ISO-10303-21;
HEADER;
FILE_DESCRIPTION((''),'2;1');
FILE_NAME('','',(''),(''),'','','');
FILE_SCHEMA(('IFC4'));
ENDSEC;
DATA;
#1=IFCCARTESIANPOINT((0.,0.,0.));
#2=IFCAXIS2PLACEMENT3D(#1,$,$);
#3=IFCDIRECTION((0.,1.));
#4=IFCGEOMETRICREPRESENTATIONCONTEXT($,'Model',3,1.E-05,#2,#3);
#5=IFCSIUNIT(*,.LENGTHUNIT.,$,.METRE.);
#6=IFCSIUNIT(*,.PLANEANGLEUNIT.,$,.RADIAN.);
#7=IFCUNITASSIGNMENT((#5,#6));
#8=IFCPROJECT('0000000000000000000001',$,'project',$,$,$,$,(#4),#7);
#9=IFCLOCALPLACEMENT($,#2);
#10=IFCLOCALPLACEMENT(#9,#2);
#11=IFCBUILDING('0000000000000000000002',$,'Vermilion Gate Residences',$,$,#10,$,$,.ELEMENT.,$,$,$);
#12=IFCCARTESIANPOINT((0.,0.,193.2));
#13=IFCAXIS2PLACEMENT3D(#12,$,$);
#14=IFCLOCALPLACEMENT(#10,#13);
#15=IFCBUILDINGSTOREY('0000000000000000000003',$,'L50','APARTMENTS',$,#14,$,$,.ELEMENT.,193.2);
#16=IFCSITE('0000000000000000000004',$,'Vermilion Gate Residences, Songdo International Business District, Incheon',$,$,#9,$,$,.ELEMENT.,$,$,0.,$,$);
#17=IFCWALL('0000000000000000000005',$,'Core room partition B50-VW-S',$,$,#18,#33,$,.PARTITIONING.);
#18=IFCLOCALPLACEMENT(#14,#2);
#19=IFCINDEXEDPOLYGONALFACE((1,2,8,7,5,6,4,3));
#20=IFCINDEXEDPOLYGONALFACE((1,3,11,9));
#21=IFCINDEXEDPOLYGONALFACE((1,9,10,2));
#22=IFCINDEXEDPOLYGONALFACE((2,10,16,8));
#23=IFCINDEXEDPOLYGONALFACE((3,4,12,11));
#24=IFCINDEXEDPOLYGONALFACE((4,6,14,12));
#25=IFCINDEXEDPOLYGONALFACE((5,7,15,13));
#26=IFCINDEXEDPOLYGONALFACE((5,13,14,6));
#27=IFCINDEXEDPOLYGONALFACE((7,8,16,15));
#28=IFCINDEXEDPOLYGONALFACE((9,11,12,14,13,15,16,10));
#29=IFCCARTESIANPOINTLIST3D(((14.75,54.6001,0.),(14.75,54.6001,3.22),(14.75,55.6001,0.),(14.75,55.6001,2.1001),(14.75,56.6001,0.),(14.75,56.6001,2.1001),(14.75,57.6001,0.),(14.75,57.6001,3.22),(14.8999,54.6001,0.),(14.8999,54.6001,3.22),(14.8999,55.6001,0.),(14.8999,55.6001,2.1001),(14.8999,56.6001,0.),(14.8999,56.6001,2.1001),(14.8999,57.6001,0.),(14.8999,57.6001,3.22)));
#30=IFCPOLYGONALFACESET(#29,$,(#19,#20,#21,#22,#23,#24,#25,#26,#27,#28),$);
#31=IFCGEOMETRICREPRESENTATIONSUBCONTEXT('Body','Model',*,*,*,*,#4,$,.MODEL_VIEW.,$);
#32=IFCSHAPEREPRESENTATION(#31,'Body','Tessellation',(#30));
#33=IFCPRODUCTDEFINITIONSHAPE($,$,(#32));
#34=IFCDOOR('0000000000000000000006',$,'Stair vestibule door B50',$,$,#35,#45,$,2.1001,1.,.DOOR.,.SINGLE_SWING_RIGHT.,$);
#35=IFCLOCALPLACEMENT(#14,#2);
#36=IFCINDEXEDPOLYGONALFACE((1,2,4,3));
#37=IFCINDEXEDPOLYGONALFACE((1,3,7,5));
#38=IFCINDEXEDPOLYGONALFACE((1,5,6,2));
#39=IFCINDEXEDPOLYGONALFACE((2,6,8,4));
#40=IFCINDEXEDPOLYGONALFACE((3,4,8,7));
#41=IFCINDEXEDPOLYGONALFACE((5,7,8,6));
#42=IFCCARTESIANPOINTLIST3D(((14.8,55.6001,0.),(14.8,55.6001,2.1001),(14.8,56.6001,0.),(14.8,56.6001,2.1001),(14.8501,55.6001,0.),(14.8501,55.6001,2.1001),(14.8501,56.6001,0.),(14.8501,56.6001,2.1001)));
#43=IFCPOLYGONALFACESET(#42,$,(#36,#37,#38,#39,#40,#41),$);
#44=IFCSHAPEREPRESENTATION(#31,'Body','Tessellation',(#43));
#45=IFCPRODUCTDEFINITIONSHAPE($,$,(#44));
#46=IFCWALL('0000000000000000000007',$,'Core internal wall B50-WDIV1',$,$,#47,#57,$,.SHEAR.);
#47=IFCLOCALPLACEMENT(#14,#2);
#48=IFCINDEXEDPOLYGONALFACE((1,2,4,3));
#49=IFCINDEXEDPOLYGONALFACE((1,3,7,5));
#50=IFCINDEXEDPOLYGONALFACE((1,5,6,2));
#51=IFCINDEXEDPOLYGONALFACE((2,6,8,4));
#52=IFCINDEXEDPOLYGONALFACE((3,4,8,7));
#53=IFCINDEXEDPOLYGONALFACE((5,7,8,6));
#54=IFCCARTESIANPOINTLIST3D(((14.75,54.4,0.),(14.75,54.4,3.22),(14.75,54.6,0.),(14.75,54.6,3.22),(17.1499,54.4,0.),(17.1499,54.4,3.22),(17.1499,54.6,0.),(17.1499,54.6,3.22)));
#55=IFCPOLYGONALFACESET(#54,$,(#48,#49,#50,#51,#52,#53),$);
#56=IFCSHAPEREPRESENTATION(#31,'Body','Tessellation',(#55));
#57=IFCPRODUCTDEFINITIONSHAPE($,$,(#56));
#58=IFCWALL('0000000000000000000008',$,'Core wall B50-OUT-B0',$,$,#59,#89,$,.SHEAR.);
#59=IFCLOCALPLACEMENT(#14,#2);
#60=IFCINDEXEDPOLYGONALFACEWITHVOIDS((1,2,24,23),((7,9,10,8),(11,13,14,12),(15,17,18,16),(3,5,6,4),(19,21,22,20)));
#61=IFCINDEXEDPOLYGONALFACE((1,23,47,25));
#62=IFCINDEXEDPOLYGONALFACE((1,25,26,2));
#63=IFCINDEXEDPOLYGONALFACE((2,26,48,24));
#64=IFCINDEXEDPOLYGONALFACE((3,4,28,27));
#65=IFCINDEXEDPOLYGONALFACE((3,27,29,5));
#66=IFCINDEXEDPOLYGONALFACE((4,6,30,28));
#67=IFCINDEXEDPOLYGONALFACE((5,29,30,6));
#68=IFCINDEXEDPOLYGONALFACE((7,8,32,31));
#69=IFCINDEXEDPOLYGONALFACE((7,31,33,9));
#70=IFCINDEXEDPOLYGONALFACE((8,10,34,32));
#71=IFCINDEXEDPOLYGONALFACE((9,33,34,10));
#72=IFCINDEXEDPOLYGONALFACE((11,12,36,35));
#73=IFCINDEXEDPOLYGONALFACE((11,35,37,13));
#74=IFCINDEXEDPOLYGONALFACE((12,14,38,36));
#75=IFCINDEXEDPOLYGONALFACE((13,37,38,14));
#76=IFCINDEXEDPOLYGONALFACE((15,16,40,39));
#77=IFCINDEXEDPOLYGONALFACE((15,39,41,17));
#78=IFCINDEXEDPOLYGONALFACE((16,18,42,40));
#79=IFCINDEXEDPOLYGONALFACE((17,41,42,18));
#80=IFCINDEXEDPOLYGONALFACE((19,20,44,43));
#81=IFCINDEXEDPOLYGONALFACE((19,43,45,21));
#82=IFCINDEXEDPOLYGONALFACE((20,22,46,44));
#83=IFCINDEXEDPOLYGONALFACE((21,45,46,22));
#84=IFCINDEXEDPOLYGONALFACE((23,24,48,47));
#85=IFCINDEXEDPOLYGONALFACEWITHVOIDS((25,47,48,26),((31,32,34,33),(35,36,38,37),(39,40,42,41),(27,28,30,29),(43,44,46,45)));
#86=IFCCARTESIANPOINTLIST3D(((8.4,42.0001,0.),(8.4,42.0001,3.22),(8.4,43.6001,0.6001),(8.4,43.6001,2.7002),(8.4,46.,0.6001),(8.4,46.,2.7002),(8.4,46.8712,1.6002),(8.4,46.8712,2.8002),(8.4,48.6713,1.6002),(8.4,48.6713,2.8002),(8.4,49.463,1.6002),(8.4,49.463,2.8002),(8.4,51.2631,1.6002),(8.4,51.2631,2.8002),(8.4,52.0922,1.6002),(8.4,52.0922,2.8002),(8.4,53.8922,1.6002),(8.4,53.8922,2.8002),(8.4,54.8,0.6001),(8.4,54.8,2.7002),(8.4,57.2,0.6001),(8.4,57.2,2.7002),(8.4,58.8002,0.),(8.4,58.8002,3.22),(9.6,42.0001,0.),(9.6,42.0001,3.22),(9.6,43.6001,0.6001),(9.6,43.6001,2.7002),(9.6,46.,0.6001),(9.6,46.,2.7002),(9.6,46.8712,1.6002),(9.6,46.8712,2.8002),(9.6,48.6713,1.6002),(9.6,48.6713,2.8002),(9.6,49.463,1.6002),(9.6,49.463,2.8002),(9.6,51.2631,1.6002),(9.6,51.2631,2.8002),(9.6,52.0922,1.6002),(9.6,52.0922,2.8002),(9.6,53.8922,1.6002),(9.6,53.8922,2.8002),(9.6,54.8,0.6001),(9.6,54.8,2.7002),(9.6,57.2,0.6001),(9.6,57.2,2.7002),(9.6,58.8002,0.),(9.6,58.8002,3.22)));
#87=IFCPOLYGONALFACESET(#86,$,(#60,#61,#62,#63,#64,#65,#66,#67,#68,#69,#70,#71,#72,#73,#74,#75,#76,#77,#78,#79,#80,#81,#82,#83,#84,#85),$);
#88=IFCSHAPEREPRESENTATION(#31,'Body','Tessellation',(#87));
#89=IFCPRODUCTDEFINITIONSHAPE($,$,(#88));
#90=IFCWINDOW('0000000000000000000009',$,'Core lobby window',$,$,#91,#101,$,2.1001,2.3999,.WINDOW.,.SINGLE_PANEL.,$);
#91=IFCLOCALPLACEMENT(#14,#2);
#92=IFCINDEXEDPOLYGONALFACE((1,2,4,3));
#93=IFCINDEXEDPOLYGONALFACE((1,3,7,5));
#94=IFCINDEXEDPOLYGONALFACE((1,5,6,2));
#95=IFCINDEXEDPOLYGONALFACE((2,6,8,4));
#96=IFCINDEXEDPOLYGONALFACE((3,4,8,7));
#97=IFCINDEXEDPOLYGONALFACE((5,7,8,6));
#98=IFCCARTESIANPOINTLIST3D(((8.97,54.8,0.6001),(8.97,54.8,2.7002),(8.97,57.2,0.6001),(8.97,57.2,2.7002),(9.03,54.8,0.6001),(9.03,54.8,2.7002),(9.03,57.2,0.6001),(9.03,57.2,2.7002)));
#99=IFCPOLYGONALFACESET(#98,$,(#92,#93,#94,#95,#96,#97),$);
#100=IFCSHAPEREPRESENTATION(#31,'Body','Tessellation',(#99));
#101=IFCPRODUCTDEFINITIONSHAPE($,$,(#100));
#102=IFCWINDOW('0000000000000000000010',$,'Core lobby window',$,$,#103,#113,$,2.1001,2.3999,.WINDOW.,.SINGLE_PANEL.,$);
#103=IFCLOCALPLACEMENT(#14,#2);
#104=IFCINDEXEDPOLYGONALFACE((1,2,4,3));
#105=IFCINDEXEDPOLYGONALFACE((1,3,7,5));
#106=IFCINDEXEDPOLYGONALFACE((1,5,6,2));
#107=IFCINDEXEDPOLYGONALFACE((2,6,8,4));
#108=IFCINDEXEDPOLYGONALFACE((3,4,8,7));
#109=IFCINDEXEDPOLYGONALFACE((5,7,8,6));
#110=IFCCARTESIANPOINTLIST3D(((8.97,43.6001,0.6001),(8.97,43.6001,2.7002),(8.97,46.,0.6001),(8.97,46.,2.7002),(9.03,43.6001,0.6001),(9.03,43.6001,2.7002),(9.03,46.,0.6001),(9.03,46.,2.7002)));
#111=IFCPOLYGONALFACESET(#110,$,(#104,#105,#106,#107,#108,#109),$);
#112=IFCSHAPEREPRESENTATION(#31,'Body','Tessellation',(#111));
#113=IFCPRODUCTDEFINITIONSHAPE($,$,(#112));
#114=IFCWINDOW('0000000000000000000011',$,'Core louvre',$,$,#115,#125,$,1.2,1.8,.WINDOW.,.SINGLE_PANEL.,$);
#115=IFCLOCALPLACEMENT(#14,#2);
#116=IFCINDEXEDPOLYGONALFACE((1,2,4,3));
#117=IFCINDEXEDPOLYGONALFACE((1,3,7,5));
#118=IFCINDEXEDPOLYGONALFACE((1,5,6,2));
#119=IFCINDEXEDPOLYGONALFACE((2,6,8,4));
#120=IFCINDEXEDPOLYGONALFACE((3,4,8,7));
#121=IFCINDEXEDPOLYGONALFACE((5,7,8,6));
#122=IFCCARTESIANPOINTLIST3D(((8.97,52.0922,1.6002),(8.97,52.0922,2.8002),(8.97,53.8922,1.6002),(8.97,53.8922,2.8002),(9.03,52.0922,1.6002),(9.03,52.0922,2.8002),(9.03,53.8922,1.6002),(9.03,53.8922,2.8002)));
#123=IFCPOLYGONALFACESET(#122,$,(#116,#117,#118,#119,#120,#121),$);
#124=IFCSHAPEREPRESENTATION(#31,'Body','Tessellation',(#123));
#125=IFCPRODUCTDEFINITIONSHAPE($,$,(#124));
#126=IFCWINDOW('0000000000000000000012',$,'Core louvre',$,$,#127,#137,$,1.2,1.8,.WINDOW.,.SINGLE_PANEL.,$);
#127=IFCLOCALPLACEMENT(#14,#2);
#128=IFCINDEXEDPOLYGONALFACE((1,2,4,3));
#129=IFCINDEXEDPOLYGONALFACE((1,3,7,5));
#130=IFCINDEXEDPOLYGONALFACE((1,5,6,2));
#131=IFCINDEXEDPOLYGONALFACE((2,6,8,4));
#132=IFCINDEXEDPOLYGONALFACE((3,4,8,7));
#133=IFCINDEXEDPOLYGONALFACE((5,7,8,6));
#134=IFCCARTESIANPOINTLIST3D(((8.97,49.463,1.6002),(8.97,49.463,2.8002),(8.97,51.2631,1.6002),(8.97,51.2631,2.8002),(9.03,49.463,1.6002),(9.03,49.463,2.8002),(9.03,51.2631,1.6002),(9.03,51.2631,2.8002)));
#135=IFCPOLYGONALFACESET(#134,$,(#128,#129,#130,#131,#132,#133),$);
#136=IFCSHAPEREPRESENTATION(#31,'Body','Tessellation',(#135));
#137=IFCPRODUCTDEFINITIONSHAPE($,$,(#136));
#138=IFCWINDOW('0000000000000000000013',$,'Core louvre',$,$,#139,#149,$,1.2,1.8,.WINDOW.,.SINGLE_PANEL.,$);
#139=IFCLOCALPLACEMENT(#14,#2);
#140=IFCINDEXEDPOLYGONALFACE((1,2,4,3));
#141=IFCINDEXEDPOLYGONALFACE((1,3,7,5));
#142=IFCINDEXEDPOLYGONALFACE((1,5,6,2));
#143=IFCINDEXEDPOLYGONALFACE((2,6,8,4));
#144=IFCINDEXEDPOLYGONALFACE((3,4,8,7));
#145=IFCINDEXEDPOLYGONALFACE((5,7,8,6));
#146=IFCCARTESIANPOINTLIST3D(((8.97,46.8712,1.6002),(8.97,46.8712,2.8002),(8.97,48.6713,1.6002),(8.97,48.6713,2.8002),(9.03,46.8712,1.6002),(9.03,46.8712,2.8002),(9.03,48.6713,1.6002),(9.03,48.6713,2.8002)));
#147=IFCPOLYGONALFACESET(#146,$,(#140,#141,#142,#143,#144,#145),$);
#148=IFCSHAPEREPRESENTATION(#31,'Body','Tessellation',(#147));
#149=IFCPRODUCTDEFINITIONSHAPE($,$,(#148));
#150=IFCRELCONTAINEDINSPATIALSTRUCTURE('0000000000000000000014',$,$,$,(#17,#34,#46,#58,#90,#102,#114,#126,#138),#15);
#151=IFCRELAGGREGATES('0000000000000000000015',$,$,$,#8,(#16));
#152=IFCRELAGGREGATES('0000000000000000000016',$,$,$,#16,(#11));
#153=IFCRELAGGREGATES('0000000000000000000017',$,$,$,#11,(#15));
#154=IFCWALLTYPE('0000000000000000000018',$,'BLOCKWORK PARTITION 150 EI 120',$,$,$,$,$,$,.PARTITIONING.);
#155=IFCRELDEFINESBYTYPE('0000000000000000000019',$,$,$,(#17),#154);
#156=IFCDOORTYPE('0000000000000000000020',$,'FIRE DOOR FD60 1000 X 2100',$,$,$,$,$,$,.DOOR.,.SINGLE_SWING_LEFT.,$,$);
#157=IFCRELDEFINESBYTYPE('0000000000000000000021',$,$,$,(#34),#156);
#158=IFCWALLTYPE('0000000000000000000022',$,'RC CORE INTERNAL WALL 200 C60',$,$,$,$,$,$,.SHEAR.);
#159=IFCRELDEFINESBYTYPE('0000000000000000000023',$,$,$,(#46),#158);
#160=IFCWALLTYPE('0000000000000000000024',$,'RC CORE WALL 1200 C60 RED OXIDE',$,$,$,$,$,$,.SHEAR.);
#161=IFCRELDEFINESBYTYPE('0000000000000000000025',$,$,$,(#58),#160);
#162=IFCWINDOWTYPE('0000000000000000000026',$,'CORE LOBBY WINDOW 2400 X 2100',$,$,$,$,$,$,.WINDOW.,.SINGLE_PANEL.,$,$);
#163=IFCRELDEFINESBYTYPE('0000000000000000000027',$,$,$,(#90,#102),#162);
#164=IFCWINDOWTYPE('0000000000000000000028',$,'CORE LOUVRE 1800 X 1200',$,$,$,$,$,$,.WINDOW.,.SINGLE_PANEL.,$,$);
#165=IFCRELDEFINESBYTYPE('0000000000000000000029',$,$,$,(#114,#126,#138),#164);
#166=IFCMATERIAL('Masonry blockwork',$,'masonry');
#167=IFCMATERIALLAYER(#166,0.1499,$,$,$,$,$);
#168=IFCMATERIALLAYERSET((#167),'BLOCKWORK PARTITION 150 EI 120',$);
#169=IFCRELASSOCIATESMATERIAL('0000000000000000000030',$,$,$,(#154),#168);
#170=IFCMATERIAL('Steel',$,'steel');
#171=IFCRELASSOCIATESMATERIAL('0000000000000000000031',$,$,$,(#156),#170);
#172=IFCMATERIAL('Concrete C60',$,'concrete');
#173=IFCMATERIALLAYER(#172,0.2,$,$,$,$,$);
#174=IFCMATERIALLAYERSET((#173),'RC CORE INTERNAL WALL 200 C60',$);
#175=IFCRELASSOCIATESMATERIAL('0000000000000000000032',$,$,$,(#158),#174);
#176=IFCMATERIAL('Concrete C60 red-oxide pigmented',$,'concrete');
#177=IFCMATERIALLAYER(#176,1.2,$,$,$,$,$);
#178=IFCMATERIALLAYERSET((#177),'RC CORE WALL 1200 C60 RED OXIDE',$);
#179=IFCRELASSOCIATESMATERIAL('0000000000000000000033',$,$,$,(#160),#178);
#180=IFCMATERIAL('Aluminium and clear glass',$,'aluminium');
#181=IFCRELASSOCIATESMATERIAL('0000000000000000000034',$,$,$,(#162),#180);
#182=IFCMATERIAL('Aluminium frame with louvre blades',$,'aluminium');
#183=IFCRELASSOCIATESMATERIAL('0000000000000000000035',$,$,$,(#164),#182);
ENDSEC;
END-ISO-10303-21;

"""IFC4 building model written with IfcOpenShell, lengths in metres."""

from ifc_helpers import new_model, si_unit, direction, frame, frame_2d, origin, place, context, subcontext, project, spatial, rectangle, extrude, material, layer, layer_set, type_object, element, fill, save


model = new_model("IFC4")

# Units and contexts
model_context = context("Model", 3, precision=1e-05, world=origin(), true_north=direction((0.0, 1.0)))
body_context = subcontext(model_context, "Body", "Model", "MODEL_VIEW")
ifc_project = project(units=[si_unit("LENGTHUNIT", "METRE"), si_unit("PLANEANGLEUNIT", "RADIAN")], contexts=[model_context])

# Site, building, storey
site_placement = place(None, origin())
site = spatial("IfcSite", under=ifc_project, at=site_placement, Name="Vermilion Gate Residences, Songdo International Business District, Incheon", CompositionType="ELEMENT", RefElevation=0.0)
building_placement = place(site_placement, origin())
building = spatial("IfcBuilding", under=site, at=building_placement, Name="Vermilion Gate Residences", CompositionType="ELEMENT")
storey_placement = place(building_placement, frame((0.0, 0.0, 193.2)))
storey = spatial("IfcBuildingStorey", under=building, at=storey_placement, Name="L50", Description="APARTMENTS", CompositionType="ELEMENT", Elevation=193.2)

# Wall, opening, door
ifc_material_1 = material(Name="Masonry blockwork", Category="masonry")
ifc_layer_1 = layer(ifc_material_1, 0.1499)
ifc_layer_set_1 = layer_set([ifc_layer_1], Name="BLOCKWORK PARTITION 150 EI 120")
wall_type_1 = type_object("IfcWallType", Name="BLOCKWORK PARTITION 150 EI 120", PredefinedType="PARTITIONING", material=ifc_layer_set_1)
wall_1_placement = place(storey_placement, frame((14.825, 57.6001, 0.0), z_axis=(0.0, 0.0, 1.0), x_axis=(0.0, -1.0, 0.0)))
wall_1 = element("IfcWall", 1, at=wall_1_placement, inside=storey, type_object=wall_type_1, Name="Core room partition B50-VW-S", PredefinedType="PARTITIONING", context=body_context, shape_type="SweptSolid", body=[
    extrude(rectangle(XDim=3.0, YDim=0.1499, at=frame_2d((1.5, 0.0))), origin(), (0.0, 0.0, 1.0), 3.22),
])
opening_1_placement = place(wall_1_placement, frame((1.0, 0.0, 0.0)))
opening_1 = element("IfcOpeningElement", 2, at=opening_1_placement, cuts=wall_1, PredefinedType="OPENING", context=body_context, shape_type="SweptSolid", body=[
    extrude(rectangle(XDim=1.0, YDim=2.1001, at=frame_2d((0.5, 1.05))), frame((0.0, 0.085, 0.0), z_axis=(0.0, -1.0, 0.0), x_axis=(1.0, 0.0, 0.0)), (0.0, 0.0, 1.0), 0.1699),
])
ifc_material_2 = material(Name="Steel", Category="steel")
door_type = type_object("IfcDoorType", Name="FIRE DOOR FD60 1000 X 2100", OperationType="SINGLE_SWING_LEFT", PredefinedType="DOOR", material=ifc_material_2)
door_placement = place(opening_1_placement, frame((1.0, 0.0, 0.0), z_axis=(0.0, 0.0, 1.0), x_axis=(-1.0, 0.0, 0.0)))
door = element("IfcDoor", 3, at=door_placement, inside=storey, type_object=door_type, Name="Stair vestibule door B50", OperationType="SINGLE_SWING_RIGHT", OverallHeight=2.1001, OverallWidth=1.0, PredefinedType="DOOR", context=body_context, shape_type="SweptSolid", body=[
    extrude(rectangle(XDim=1.0, YDim=2.1001, at=frame_2d((0.5, 1.05))), frame((0.0, 0.0249, 0.0), z_axis=(0.0, -1.0, 0.0), x_axis=(1.0, 0.0, 0.0)), (0.0, 0.0, 1.0), 0.05),
])
fill(opening_1, door)

# Wall
ifc_material_3 = material(Name="Concrete C60", Category="concrete")
ifc_layer_2 = layer(ifc_material_3, 0.2)
ifc_layer_set_2 = layer_set([ifc_layer_2], Name="RC CORE INTERNAL WALL 200 C60")
wall_type_2 = type_object("IfcWallType", Name="RC CORE INTERNAL WALL 200 C60", PredefinedType="SHEAR", material=ifc_layer_set_2)
wall_2_placement = place(storey_placement, frame((14.75, 54.5, 0.0), z_axis=(0.0, 0.0, 1.0), x_axis=(1.0, 0.0, 0.0)))
element("IfcWall", 4, at=wall_2_placement, inside=storey, type_object=wall_type_2, Name="Core internal wall B50-WDIV1", PredefinedType="SHEAR", context=body_context, shape_type="SweptSolid", body=[
    extrude(rectangle(XDim=2.3999, YDim=0.2, at=frame_2d((1.2, 0.0))), origin(), (0.0, 0.0, 1.0), 3.22),
])

# Wall, openings, windows
ifc_material_4 = material(Name="Concrete C60 red-oxide pigmented", Category="concrete")
ifc_layer_3 = layer(ifc_material_4, 1.2)
ifc_layer_set_3 = layer_set([ifc_layer_3], Name="RC CORE WALL 1200 C60 RED OXIDE")
wall_type_3 = type_object("IfcWallType", Name="RC CORE WALL 1200 C60 RED OXIDE", PredefinedType="SHEAR", material=ifc_layer_set_3)
wall_3_placement = place(storey_placement, frame((9.0, 58.8, 0.0), z_axis=(0.0, 0.0, 1.0), x_axis=(0.0, -1.0, 0.0)))
wall_3 = element("IfcWall", 5, at=wall_3_placement, inside=storey, type_object=wall_type_3, Name="Core wall B50-OUT-B0", PredefinedType="SHEAR", context=body_context, shape_type="SweptSolid", body=[
    extrude(rectangle(XDim=16.8, YDim=1.2, at=frame_2d((8.3999, 0.0))), origin(), (0.0, 0.0, 1.0), 3.22),
])
opening_2_placement = place(wall_3_placement, frame((1.6001, 0.0, 0.6001)))
opening_2 = element("IfcOpeningElement", 6, at=opening_2_placement, cuts=wall_3, PredefinedType="OPENING", context=body_context, shape_type="SweptSolid", body=[
    extrude(rectangle(XDim=2.3999, YDim=2.1001, at=frame_2d((1.2, 1.05))), frame((0.0, 0.6099, 0.0), z_axis=(0.0, -1.0, 0.0), x_axis=(1.0, 0.0, 0.0)), (0.0, 0.0, 1.0), 1.22),
])
opening_3_placement = place(wall_3_placement, frame((4.908, 0.0, 1.6001)))
opening_3 = element("IfcOpeningElement", 7, at=opening_3_placement, cuts=wall_3, PredefinedType="OPENING", context=body_context, shape_type="SweptSolid", body=[
    extrude(rectangle(XDim=1.8, YDim=1.2, at=frame_2d((0.8999, 0.6001))), frame((0.0, 0.6099, 0.0), z_axis=(0.0, -1.0, 0.0), x_axis=(1.0, 0.0, 0.0)), (0.0, 0.0, 1.0), 1.22),
])
opening_4_placement = place(wall_3_placement, frame((7.5371, 0.0, 1.6001)))
opening_4 = element("IfcOpeningElement", 8, at=opening_4_placement, cuts=wall_3, PredefinedType="OPENING", context=body_context, shape_type="SweptSolid", body=[
    extrude(rectangle(XDim=1.8, YDim=1.2, at=frame_2d((0.8999, 0.6001))), frame((0.0, 0.6099, 0.0), z_axis=(0.0, -1.0, 0.0), x_axis=(1.0, 0.0, 0.0)), (0.0, 0.0, 1.0), 1.22),
])
opening_5_placement = place(wall_3_placement, frame((10.1289, 0.0, 1.6001)))
opening_5 = element("IfcOpeningElement", 9, at=opening_5_placement, cuts=wall_3, PredefinedType="OPENING", context=body_context, shape_type="SweptSolid", body=[
    extrude(rectangle(XDim=1.8, YDim=1.2, at=frame_2d((0.8999, 0.6001))), frame((0.0, 0.6099, 0.0), z_axis=(0.0, -1.0, 0.0), x_axis=(1.0, 0.0, 0.0)), (0.0, 0.0, 1.0), 1.22),
])
opening_6_placement = place(wall_3_placement, frame((12.8, 0.0, 0.6001)))
opening_6 = element("IfcOpeningElement", 10, at=opening_6_placement, cuts=wall_3, PredefinedType="OPENING", context=body_context, shape_type="SweptSolid", body=[
    extrude(rectangle(XDim=2.3999, YDim=2.1001, at=frame_2d((1.2, 1.05))), frame((0.0, 0.6099, 0.0), z_axis=(0.0, -1.0, 0.0), x_axis=(1.0, 0.0, 0.0)), (0.0, 0.0, 1.0), 1.22),
])
ifc_material_5 = material(Name="Aluminium and clear glass", Category="aluminium")
window_type_1 = type_object("IfcWindowType", Name="CORE LOBBY WINDOW 2400 X 2100", PartitioningType="SINGLE_PANEL", PredefinedType="WINDOW", material=ifc_material_5)
window_1_placement = place(opening_2_placement, origin())
window_1 = element("IfcWindow", 11, at=window_1_placement, inside=storey, type_object=window_type_1, Name="Core lobby window", OverallHeight=2.1001, OverallWidth=2.3999, PartitioningType="SINGLE_PANEL", PredefinedType="WINDOW", context=body_context, shape_type="SweptSolid", body=[
    extrude(rectangle(XDim=2.3999, YDim=2.1001, at=frame_2d((1.2, 1.05))), frame((0.0, 0.03, 0.0), z_axis=(0.0, -1.0, 0.0), x_axis=(1.0, 0.0, 0.0)), (0.0, 0.0, 1.0), 0.0601),
])
fill(opening_2, window_1)
window_2_placement = place(opening_6_placement, origin())
window_2 = element("IfcWindow", 12, at=window_2_placement, inside=storey, type_object=window_type_1, Name="Core lobby window", OverallHeight=2.1001, OverallWidth=2.3999, PartitioningType="SINGLE_PANEL", PredefinedType="WINDOW", context=body_context, shape_type="SweptSolid", body=[
    extrude(rectangle(XDim=2.3999, YDim=2.1001, at=frame_2d((1.2, 1.05))), frame((0.0, 0.03, 0.0), z_axis=(0.0, -1.0, 0.0), x_axis=(1.0, 0.0, 0.0)), (0.0, 0.0, 1.0), 0.0601),
])
fill(opening_6, window_2)
ifc_material_6 = material(Name="Aluminium frame with louvre blades", Category="aluminium")
window_type_2 = type_object("IfcWindowType", Name="CORE LOUVRE 1800 X 1200", PartitioningType="SINGLE_PANEL", PredefinedType="WINDOW", material=ifc_material_6)
window_3_placement = place(opening_3_placement, origin())
window_3 = element("IfcWindow", 13, at=window_3_placement, inside=storey, type_object=window_type_2, Name="Core louvre", OverallHeight=1.2, OverallWidth=1.8, PartitioningType="SINGLE_PANEL", PredefinedType="WINDOW", context=body_context, shape_type="SweptSolid", body=[
    extrude(rectangle(XDim=1.8, YDim=1.2, at=frame_2d((0.8999, 0.6001))), frame((0.0, 0.03, 0.0), z_axis=(0.0, -1.0, 0.0), x_axis=(1.0, 0.0, 0.0)), (0.0, 0.0, 1.0), 0.0601),
])
fill(opening_3, window_3)
window_4_placement = place(opening_4_placement, origin())
window_4 = element("IfcWindow", 14, at=window_4_placement, inside=storey, type_object=window_type_2, Name="Core louvre", OverallHeight=1.2, OverallWidth=1.8, PartitioningType="SINGLE_PANEL", PredefinedType="WINDOW", context=body_context, shape_type="SweptSolid", body=[
    extrude(rectangle(XDim=1.8, YDim=1.2, at=frame_2d((0.8999, 0.6001))), frame((0.0, 0.03, 0.0), z_axis=(0.0, -1.0, 0.0), x_axis=(1.0, 0.0, 0.0)), (0.0, 0.0, 1.0), 0.0601),
])
fill(opening_4, window_4)
window_5_placement = place(opening_5_placement, origin())
window_5 = element("IfcWindow", 15, at=window_5_placement, inside=storey, type_object=window_type_2, Name="Core louvre", OverallHeight=1.2, OverallWidth=1.8, PartitioningType="SINGLE_PANEL", PredefinedType="WINDOW", context=body_context, shape_type="SweptSolid", body=[
    extrude(rectangle(XDim=1.8, YDim=1.2, at=frame_2d((0.8999, 0.6001))), frame((0.0, 0.03, 0.0), z_axis=(0.0, -1.0, 0.0), x_axis=(1.0, 0.0, 0.0)), (0.0, 0.0, 1.0), 0.0601),
])
fill(opening_5, window_5)

save(model, "model.ifc")
